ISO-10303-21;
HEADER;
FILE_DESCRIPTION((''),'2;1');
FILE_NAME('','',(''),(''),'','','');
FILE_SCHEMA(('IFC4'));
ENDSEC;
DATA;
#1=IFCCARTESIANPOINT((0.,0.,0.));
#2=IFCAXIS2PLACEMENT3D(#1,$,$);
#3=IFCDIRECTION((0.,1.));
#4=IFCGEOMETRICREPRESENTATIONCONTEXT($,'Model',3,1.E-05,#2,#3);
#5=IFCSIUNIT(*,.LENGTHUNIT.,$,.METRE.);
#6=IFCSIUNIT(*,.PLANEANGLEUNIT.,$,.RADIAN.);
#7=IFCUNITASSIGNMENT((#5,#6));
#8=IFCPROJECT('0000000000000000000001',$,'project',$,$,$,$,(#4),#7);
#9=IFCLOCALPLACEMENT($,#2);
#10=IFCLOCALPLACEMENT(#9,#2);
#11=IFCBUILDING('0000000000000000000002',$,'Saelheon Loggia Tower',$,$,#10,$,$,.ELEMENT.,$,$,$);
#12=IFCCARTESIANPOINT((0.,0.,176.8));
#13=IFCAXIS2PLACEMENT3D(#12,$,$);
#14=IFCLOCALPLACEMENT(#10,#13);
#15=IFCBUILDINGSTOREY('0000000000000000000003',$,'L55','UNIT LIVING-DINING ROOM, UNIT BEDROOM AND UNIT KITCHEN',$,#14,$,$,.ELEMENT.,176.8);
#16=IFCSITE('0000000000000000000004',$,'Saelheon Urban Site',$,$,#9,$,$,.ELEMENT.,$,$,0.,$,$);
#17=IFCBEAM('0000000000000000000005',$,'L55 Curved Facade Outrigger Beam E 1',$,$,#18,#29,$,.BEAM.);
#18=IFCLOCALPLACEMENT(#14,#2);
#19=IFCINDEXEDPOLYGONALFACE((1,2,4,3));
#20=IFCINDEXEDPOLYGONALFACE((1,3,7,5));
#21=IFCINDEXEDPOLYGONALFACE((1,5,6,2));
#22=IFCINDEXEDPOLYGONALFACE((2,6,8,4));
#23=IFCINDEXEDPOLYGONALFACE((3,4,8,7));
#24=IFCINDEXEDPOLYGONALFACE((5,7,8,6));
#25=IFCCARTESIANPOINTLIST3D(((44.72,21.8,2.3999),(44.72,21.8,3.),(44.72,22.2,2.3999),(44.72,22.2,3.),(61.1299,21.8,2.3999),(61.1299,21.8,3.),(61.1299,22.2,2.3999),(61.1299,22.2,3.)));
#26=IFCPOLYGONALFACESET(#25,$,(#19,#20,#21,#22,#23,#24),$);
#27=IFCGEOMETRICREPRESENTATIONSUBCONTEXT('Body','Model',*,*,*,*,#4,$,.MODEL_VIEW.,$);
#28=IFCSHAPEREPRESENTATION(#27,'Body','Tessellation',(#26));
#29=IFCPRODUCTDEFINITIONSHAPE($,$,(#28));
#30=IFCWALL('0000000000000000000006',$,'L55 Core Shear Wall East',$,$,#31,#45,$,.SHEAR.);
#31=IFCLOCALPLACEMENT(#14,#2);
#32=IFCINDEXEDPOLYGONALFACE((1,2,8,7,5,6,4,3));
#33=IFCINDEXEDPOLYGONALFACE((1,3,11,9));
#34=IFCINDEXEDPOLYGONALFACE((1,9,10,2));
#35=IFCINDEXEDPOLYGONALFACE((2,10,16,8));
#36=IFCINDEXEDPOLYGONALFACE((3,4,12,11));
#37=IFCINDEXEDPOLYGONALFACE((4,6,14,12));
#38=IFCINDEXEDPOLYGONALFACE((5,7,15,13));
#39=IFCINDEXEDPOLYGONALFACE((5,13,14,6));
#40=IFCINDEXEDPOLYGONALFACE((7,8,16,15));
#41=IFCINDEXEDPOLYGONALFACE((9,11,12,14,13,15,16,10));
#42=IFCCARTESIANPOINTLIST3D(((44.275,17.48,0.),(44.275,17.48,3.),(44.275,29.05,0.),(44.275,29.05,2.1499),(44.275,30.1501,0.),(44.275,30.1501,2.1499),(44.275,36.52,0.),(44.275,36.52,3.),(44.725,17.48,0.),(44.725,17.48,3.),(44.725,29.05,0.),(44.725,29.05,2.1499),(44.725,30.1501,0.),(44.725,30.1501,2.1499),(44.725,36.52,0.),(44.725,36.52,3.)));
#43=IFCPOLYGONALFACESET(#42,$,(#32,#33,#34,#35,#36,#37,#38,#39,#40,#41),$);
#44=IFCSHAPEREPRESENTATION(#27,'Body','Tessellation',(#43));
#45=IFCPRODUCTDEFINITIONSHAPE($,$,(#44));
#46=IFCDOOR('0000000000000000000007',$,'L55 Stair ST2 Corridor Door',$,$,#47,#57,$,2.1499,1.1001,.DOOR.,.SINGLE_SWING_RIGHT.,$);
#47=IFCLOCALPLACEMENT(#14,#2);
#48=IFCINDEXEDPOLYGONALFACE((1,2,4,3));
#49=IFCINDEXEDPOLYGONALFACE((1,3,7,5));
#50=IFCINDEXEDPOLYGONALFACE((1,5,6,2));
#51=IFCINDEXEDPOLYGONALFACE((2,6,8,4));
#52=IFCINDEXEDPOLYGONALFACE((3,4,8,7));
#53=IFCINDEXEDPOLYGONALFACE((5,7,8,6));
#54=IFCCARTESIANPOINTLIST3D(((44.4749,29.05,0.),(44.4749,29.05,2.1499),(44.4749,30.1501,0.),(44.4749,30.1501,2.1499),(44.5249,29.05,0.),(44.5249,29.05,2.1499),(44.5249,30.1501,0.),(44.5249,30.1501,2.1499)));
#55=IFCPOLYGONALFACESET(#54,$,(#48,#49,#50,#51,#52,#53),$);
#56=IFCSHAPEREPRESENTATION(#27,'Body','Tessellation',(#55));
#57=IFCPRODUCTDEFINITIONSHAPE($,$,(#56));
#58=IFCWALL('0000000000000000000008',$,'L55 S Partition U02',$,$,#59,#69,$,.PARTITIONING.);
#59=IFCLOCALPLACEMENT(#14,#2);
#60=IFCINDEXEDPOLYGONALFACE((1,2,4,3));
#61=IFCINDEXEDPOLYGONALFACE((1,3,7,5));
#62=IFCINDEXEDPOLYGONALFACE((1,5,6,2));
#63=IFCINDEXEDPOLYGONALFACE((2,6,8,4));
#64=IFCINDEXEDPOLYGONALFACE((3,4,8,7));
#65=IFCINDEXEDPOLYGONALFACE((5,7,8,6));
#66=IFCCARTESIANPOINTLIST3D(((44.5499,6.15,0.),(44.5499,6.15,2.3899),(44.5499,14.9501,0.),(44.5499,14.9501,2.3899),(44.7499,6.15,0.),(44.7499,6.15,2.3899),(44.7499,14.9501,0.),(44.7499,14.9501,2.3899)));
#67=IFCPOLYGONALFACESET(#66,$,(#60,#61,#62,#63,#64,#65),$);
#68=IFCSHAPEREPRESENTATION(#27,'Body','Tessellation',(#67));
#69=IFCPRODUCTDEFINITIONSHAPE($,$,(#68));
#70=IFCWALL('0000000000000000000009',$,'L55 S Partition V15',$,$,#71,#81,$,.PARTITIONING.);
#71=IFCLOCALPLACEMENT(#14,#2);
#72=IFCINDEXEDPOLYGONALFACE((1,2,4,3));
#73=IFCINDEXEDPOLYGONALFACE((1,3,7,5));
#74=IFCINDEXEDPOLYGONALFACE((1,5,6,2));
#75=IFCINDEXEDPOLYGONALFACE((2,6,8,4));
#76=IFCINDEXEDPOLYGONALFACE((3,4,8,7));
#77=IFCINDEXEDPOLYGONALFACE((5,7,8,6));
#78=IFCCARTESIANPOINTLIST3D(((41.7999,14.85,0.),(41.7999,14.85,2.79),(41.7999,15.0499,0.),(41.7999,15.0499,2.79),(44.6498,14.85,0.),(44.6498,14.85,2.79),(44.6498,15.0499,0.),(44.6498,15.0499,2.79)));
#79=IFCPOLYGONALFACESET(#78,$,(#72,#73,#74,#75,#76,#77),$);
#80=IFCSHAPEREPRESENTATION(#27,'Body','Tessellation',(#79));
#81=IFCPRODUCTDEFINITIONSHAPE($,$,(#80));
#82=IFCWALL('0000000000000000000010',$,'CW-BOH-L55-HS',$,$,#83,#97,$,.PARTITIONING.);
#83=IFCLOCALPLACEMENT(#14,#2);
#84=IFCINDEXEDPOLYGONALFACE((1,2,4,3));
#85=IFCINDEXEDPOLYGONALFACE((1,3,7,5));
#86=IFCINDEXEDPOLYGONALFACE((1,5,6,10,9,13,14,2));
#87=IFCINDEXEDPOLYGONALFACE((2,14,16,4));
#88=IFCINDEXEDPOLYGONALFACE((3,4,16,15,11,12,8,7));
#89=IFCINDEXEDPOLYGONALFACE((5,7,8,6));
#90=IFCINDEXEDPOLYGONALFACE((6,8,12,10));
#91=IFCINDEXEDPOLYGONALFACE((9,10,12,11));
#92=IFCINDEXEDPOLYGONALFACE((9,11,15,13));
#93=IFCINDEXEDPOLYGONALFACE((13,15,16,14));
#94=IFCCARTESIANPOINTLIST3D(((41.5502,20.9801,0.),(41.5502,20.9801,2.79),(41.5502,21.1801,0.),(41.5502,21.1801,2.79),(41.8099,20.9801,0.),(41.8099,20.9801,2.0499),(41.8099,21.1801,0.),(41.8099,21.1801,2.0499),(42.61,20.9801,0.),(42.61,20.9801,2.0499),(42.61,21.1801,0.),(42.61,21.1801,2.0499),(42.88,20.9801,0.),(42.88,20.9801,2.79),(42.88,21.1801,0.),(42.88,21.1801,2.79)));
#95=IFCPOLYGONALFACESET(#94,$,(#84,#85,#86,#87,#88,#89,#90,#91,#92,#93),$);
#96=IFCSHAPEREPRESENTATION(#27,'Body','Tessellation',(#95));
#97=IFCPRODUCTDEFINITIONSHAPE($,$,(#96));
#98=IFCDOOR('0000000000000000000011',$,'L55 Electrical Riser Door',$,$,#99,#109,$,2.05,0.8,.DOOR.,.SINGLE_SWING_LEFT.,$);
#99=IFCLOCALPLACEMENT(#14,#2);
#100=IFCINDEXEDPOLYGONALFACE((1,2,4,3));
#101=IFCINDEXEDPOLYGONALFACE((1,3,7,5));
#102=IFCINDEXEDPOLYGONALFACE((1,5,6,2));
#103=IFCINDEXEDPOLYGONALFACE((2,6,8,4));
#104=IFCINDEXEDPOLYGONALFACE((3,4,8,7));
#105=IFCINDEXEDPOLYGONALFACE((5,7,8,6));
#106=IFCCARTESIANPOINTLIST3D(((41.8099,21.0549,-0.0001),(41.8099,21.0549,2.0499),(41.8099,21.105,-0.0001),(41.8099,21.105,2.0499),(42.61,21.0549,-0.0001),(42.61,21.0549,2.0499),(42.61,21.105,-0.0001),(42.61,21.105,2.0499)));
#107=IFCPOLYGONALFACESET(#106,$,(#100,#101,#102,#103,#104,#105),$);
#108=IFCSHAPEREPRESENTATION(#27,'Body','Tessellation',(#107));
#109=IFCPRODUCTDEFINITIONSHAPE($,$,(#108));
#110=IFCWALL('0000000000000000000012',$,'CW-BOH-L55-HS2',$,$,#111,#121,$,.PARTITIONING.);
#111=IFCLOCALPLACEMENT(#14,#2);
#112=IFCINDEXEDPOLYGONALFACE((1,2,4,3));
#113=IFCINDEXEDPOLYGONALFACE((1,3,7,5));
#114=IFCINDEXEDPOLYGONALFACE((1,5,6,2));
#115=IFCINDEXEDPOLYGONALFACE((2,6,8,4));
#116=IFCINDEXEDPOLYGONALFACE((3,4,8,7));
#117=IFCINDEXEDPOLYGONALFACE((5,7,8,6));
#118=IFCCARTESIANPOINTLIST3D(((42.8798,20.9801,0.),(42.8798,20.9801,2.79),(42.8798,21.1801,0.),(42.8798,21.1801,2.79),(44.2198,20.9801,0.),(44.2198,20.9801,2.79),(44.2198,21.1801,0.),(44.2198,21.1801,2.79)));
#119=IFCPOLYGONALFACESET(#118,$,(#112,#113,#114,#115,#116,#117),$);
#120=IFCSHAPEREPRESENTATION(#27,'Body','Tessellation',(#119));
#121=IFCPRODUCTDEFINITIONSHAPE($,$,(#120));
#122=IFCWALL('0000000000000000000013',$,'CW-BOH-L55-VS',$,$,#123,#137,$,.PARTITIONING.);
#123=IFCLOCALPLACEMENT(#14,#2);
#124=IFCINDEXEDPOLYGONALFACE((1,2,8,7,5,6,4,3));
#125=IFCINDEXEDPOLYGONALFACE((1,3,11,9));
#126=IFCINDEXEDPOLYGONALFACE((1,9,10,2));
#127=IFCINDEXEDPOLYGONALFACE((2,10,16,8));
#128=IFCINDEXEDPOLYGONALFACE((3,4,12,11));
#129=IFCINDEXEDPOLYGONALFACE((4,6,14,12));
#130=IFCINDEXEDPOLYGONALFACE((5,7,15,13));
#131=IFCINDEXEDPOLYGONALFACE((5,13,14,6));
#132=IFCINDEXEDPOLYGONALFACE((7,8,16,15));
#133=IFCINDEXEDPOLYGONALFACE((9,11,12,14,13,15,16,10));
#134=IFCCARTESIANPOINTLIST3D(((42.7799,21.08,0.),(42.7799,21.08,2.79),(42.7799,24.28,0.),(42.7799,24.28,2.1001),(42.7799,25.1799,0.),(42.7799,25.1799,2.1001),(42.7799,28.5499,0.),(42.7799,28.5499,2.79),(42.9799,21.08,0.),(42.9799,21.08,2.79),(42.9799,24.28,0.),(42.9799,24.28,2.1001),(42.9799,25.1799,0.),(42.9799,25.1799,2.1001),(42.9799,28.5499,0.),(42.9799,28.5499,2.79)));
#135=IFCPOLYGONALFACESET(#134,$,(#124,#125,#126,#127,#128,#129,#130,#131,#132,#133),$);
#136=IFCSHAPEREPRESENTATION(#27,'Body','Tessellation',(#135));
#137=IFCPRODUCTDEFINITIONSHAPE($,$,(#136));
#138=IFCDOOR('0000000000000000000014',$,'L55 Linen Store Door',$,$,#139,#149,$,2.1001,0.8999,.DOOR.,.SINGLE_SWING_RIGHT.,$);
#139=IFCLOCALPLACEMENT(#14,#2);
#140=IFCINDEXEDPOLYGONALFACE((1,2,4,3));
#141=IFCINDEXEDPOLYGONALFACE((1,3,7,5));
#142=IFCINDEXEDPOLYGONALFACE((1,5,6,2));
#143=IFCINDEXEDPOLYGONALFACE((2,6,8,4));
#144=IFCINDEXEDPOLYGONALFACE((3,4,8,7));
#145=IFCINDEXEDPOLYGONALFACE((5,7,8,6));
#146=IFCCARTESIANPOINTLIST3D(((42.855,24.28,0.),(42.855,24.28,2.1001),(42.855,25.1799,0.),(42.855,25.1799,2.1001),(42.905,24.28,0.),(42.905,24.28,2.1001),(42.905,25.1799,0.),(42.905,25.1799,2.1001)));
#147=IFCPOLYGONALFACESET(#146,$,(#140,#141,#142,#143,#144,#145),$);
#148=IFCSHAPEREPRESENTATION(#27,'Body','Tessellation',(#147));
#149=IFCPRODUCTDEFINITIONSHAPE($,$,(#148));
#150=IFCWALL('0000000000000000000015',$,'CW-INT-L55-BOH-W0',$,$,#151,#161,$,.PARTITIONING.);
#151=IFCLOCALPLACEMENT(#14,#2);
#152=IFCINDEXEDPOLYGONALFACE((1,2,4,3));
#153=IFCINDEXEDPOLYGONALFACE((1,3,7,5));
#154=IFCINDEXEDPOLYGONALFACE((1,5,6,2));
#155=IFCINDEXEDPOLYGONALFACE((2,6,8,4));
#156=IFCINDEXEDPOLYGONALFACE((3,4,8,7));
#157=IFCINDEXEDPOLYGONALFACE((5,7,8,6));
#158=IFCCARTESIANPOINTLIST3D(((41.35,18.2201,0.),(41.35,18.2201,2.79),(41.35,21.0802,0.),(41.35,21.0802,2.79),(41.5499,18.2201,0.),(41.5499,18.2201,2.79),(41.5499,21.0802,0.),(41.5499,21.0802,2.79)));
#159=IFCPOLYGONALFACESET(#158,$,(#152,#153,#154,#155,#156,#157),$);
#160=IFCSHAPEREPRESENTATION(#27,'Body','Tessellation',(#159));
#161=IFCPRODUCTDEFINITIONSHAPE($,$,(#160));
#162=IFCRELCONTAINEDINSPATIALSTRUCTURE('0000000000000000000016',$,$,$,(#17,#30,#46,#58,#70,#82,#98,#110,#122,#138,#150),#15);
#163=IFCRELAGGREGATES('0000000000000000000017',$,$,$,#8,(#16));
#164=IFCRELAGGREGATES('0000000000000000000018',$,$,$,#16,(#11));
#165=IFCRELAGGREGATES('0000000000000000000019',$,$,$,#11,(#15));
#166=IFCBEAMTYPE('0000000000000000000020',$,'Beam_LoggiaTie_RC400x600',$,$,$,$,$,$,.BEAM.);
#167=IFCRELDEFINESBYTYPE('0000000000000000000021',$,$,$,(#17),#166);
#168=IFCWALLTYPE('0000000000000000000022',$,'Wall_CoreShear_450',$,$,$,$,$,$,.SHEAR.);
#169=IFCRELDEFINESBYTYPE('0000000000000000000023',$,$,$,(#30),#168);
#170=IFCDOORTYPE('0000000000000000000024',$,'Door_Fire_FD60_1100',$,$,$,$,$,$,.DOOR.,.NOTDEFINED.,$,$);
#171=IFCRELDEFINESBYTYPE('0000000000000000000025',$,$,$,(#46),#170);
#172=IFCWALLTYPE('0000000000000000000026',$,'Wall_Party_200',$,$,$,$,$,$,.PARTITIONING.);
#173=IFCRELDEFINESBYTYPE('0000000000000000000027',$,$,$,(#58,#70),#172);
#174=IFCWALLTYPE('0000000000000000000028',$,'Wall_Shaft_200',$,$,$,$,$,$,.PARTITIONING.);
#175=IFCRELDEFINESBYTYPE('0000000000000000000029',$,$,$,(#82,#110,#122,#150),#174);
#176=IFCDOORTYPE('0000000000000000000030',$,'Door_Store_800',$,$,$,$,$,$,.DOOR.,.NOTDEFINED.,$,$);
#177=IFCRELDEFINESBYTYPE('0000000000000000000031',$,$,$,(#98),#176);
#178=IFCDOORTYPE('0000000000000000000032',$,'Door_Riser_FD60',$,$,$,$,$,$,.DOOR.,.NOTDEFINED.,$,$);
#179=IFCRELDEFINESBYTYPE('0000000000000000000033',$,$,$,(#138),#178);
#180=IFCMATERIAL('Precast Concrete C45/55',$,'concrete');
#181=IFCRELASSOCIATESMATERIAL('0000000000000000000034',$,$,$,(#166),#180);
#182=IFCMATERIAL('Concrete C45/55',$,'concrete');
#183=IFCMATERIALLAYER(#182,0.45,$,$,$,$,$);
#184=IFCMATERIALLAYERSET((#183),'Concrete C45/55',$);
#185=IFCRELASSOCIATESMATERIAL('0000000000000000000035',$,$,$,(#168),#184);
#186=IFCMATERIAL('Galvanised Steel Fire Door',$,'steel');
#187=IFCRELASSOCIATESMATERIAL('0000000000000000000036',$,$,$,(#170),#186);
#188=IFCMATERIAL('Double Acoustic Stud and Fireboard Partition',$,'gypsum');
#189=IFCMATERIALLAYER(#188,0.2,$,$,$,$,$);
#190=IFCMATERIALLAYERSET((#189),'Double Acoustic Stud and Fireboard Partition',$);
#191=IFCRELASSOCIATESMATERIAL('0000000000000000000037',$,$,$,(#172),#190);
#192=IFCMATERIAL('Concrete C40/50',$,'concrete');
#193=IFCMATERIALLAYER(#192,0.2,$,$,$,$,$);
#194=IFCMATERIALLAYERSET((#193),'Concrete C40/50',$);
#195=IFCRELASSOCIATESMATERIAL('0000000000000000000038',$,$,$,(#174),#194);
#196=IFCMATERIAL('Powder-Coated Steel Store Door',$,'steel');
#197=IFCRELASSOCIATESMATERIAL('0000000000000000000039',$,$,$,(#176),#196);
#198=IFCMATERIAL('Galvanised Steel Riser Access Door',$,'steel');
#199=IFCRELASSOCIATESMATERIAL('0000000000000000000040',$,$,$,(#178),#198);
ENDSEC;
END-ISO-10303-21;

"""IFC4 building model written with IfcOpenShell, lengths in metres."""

from ifc_helpers import new_model, si_unit, direction, frame, frame_2d, origin, origin_2d, place, context, subcontext, project, spatial, rectangle, extrude, source, transform, mapped, material, layer, layer_set, material_profile, profile_set, type_object, element, fill, save


model = new_model("IFC4")

# Units and contexts
model_context = context("Model", 3, precision=1e-05, world=origin(), true_north=direction((0.0, 1.0)))
body_context = subcontext(model_context, "Body", "Model", "MODEL_VIEW")
ifc_project = project(units=[si_unit("LENGTHUNIT", "METRE"), si_unit("PLANEANGLEUNIT", "RADIAN")], contexts=[model_context])

# Site, building, storey
site_placement = place(None, origin())
site = spatial("IfcSite", under=ifc_project, at=site_placement, Name="Saelheon Urban Site", CompositionType="ELEMENT", RefElevation=0.0)
building_placement = place(site_placement, origin())
building = spatial("IfcBuilding", under=site, at=building_placement, Name="Saelheon Loggia Tower", CompositionType="ELEMENT")
storey_placement = place(building_placement, frame((0.0, 0.0, 176.8)))
storey = spatial("IfcBuildingStorey", under=building, at=storey_placement, Name="L55", Description="UNIT LIVING-DINING ROOM, UNIT BEDROOM AND UNIT KITCHEN", CompositionType="ELEMENT", Elevation=176.8)

# Beam
ifc_material_1 = material(Name="Precast Concrete C45/55", Category="concrete")
ifc_material_profile = material_profile(ifc_material_1, rectangle(XDim=0.3999, YDim=0.6001, at=origin_2d()), Name="RC-400x600")
ifc_profile_set = profile_set([ifc_material_profile], Name="Precast Concrete C45/55")
beam_type = type_object("IfcBeamType", Name="Beam_LoggiaTie_RC400x600", PredefinedType="BEAM", material=ifc_profile_set)
shared_shape_1 = source(origin(), body_context, "Body", "SweptSolid", [
    extrude(rectangle(XDim=0.3999, YDim=0.6001, at=origin_2d()), origin(), (0.0, 0.0, 1.0), 16.4099),
])
beam_placement = place(storey_placement, frame((44.72, 22.0, 2.7), z_axis=(1.0, 0.0, 0.0), x_axis=(0.0, 1.0, 0.0)))
element("IfcBeam", 1, at=beam_placement, inside=storey, type_object=beam_type, Name="L55 Curved Facade Outrigger Beam E 1", PredefinedType="BEAM", context=body_context, shape_type="MappedRepresentation", body=[
    mapped(shared_shape_1, transform((0.0, 0.0, 0.0), scale=1.0)),
])

# Wall, opening, door
ifc_material_2 = material(Name="Concrete C45/55", Category="concrete")
ifc_layer_1 = layer(ifc_material_2, 0.45)
ifc_layer_set_1 = layer_set([ifc_layer_1], Name="Concrete C45/55")
wall_type_1 = type_object("IfcWallType", Name="Wall_CoreShear_450", PredefinedType="SHEAR", material=ifc_layer_set_1)
wall_1_placement = place(storey_placement, frame((44.5, 17.48, 0.0), z_axis=(0.0, 0.0, 1.0), x_axis=(0.0, 1.0, 0.0)))
wall_1 = element("IfcWall", 2, at=wall_1_placement, inside=storey, type_object=wall_type_1, Name="L55 Core Shear Wall East", PredefinedType="SHEAR", context=body_context, shape_type="SweptSolid", body=[
    extrude(rectangle(XDim=19.04, YDim=0.45, at=frame_2d((9.52, 0.0))), origin(), (0.0, 0.0, 1.0), 3.0),
])
opening_1_placement = place(wall_1_placement, frame((12.6702, 0.0, 0.0), z_axis=(0.0, 0.0, 1.0), x_axis=(-1.0, 0.0, 0.0)))
opening_1 = element("IfcOpeningElement", 3, at=opening_1_placement, cuts=wall_1, PredefinedType="OPENING", context=body_context, shape_type="SweptSolid", body=[
    extrude(rectangle(XDim=1.1001, YDim=2.1499, at=frame_2d((0.55, 1.075))), frame((0.0, 0.2371, 0.0), z_axis=(0.0, -1.0, 0.0), x_axis=(1.0, 0.0, 0.0)), (0.0, 0.0, 1.0), 0.4739),
])
ifc_material_3 = material(Name="Galvanised Steel Fire Door", Category="steel")
door_type_1 = type_object("IfcDoorType", Name="Door_Fire_FD60_1100", OperationType="NOTDEFINED", PredefinedType="DOOR", material=ifc_material_3)
shared_shape_2 = source(origin(), body_context, "Body", "SweptSolid", [
    extrude(rectangle(XDim=1.1001, YDim=2.1499, at=frame_2d((0.55, 1.075))), frame((0.0, 0.0249, 0.0), z_axis=(0.0, -1.0, 0.0), x_axis=(1.0, 0.0, 0.0)), (0.0, 0.0, 1.0), 0.05),
])
door_1_placement = place(opening_1_placement, origin())
door_1 = element("IfcDoor", 4, at=door_1_placement, inside=storey, type_object=door_type_1, Name="L55 Stair ST2 Corridor Door", OperationType="SINGLE_SWING_RIGHT", OverallHeight=2.1499, OverallWidth=1.1001, PredefinedType="DOOR", context=body_context, shape_type="MappedRepresentation", body=[
    mapped(shared_shape_2, transform((0.0, 0.0, 0.0), scale=1.0)),
])
fill(opening_1, door_1)

# Walls
ifc_material_4 = material(Name="Double Acoustic Stud and Fireboard Partition", Category="gypsum")
ifc_layer_2 = layer(ifc_material_4, 0.2)
ifc_layer_set_2 = layer_set([ifc_layer_2], Name="Double Acoustic Stud and Fireboard Partition")
wall_type_2 = type_object("IfcWallType", Name="Wall_Party_200", PredefinedType="PARTITIONING", material=ifc_layer_set_2)
wall_2_placement = place(storey_placement, frame((44.6499, 14.95, 0.0), z_axis=(0.0, 0.0, 1.0), x_axis=(0.0, -1.0, 0.0)))
element("IfcWall", 5, at=wall_2_placement, inside=storey, type_object=wall_type_2, Name="L55 S Partition U02", PredefinedType="PARTITIONING", context=body_context, shape_type="SweptSolid", body=[
    extrude(rectangle(XDim=8.8, YDim=0.2, at=frame_2d((4.3999, 0.0))), origin(), (0.0, 0.0, 1.0), 2.3899),
])
wall_3_placement = place(storey_placement, frame((41.8, 14.95, 0.0), z_axis=(0.0, 0.0, 1.0), x_axis=(1.0, 0.0, 0.0)))
element("IfcWall", 6, at=wall_3_placement, inside=storey, type_object=wall_type_2, Name="L55 S Partition V15", PredefinedType="PARTITIONING", context=body_context, shape_type="SweptSolid", body=[
    extrude(rectangle(XDim=2.8499, YDim=0.2, at=frame_2d((1.4248, 0.0))), origin(), (0.0, 0.0, 1.0), 2.79),
])

# Wall, opening, door
ifc_material_5 = material(Name="Concrete C40/50", Category="concrete")
ifc_layer_3 = layer(ifc_material_5, 0.2)
ifc_layer_set_3 = layer_set([ifc_layer_3], Name="Concrete C40/50")
wall_type_3 = type_object("IfcWallType", Name="Wall_Shaft_200", PredefinedType="PARTITIONING", material=ifc_layer_set_3)
wall_4_placement = place(storey_placement, frame((41.55, 21.0801, 0.0), z_axis=(0.0, 0.0, 1.0), x_axis=(1.0, 0.0, 0.0)))
wall_4 = element("IfcWall", 7, at=wall_4_placement, inside=storey, type_object=wall_type_3, Name="CW-BOH-L55-HS", PredefinedType="PARTITIONING", context=body_context, shape_type="SweptSolid", body=[
    extrude(rectangle(XDim=1.3298, YDim=0.2, at=frame_2d((0.665, 0.0))), origin(), (0.0, 0.0, 1.0), 2.79),
])
opening_2_placement = place(wall_4_placement, frame((0.26, 0.0, 0.0)))
opening_2 = element("IfcOpeningElement", 8, at=opening_2_placement, cuts=wall_4, PredefinedType="OPENING", context=body_context, shape_type="SweptSolid", body=[
    extrude(rectangle(XDim=0.8, YDim=2.05, at=frame_2d((0.3999, 1.0249))), frame((0.0, 0.1121, 0.0), z_axis=(0.0, -1.0, 0.0), x_axis=(1.0, 0.0, 0.0)), (0.0, 0.0, 1.0), 0.2239),
])
ifc_material_6 = material(Name="Powder-Coated Steel Store Door", Category="steel")
door_type_2 = type_object("IfcDoorType", Name="Door_Store_800", OperationType="NOTDEFINED", PredefinedType="DOOR", material=ifc_material_6)
shared_shape_3 = source(origin(), body_context, "Body", "SweptSolid", [
    extrude(rectangle(XDim=0.8, YDim=2.05, at=frame_2d((0.3999, 1.0249))), frame((0.0, 0.0249, 0.0), z_axis=(0.0, -1.0, 0.0), x_axis=(1.0, 0.0, 0.0)), (0.0, 0.0, 1.0), 0.05),
])
door_2_placement = place(opening_2_placement, origin())
door_2 = element("IfcDoor", 9, at=door_2_placement, inside=storey, type_object=door_type_2, Name="L55 Electrical Riser Door", OperationType="SINGLE_SWING_LEFT", OverallHeight=2.05, OverallWidth=0.8, PredefinedType="DOOR", context=body_context, shape_type="MappedRepresentation", body=[
    mapped(shared_shape_3, transform((0.0, 0.0, 0.0), scale=1.0)),
])
fill(opening_2, door_2)

# Wall
wall_5_placement = place(storey_placement, frame((42.8799, 21.0801, 0.0), z_axis=(0.0, 0.0, 1.0), x_axis=(1.0, 0.0, 0.0)))
element("IfcWall", 10, at=wall_5_placement, inside=storey, type_object=wall_type_3, Name="CW-BOH-L55-HS2", PredefinedType="PARTITIONING", context=body_context, shape_type="SweptSolid", body=[
    extrude(rectangle(XDim=1.3401, YDim=0.2, at=frame_2d((0.6699, 0.0))), origin(), (0.0, 0.0, 1.0), 2.79),
])

# Wall, opening, door
wall_6_placement = place(storey_placement, frame((42.8799, 21.0801, 0.0), z_axis=(0.0, 0.0, 1.0), x_axis=(0.0, 1.0, 0.0)))
wall_6 = element("IfcWall", 11, at=wall_6_placement, inside=storey, type_object=wall_type_3, Name="CW-BOH-L55-VS", PredefinedType="PARTITIONING", context=body_context, shape_type="SweptSolid", body=[
    extrude(rectangle(XDim=7.47, YDim=0.2, at=frame_2d((3.7349, 0.0))), origin(), (0.0, 0.0, 1.0), 2.79),
])
opening_3_placement = place(wall_6_placement, frame((3.2, 0.0, 0.0)))
opening_3 = element("IfcOpeningElement", 12, at=opening_3_placement, cuts=wall_6, PredefinedType="OPENING", context=body_context, shape_type="SweptSolid", body=[
    extrude(rectangle(XDim=0.8999, YDim=2.1001, at=frame_2d((0.45, 1.05))), frame((0.0, 0.1121, 0.0), z_axis=(0.0, -1.0, 0.0), x_axis=(1.0, 0.0, 0.0)), (0.0, 0.0, 1.0), 0.2239),
])
ifc_material_7 = material(Name="Galvanised Steel Riser Access Door", Category="steel")
door_type_3 = type_object("IfcDoorType", Name="Door_Riser_FD60", OperationType="NOTDEFINED", PredefinedType="DOOR", material=ifc_material_7)
shared_shape_4 = source(origin(), body_context, "Body", "SweptSolid", [
    extrude(rectangle(XDim=0.8999, YDim=2.1001, at=frame_2d((0.45, 1.05))), frame((0.0, 0.0249, 0.0), z_axis=(0.0, -1.0, 0.0), x_axis=(1.0, 0.0, 0.0)), (0.0, 0.0, 1.0), 0.05),
])
door_3_placement = place(opening_3_placement, origin())
door_3 = element("IfcDoor", 13, at=door_3_placement, inside=storey, type_object=door_type_3, Name="L55 Linen Store Door", OperationType="SINGLE_SWING_RIGHT", OverallHeight=2.1001, OverallWidth=0.8999, PredefinedType="DOOR", context=body_context, shape_type="MappedRepresentation", body=[
    mapped(shared_shape_4, transform((0.0, 0.0, 0.0), scale=1.0)),
])
fill(opening_3, door_3)

# Wall
wall_7_placement = place(storey_placement, frame((41.45, 18.22, 0.0), z_axis=(0.0, 0.0, 1.0), x_axis=(0.0, 1.0, 0.0)))
element("IfcWall", 14, at=wall_7_placement, inside=storey, type_object=wall_type_3, Name="CW-INT-L55-BOH-W0", PredefinedType="PARTITIONING", context=body_context, shape_type="SweptSolid", body=[
    extrude(rectangle(XDim=2.8601, YDim=0.2, at=frame_2d((1.4302, 0.0))), origin(), (0.0, 0.0, 1.0), 2.79),
])

save(model, "model.ifc")
